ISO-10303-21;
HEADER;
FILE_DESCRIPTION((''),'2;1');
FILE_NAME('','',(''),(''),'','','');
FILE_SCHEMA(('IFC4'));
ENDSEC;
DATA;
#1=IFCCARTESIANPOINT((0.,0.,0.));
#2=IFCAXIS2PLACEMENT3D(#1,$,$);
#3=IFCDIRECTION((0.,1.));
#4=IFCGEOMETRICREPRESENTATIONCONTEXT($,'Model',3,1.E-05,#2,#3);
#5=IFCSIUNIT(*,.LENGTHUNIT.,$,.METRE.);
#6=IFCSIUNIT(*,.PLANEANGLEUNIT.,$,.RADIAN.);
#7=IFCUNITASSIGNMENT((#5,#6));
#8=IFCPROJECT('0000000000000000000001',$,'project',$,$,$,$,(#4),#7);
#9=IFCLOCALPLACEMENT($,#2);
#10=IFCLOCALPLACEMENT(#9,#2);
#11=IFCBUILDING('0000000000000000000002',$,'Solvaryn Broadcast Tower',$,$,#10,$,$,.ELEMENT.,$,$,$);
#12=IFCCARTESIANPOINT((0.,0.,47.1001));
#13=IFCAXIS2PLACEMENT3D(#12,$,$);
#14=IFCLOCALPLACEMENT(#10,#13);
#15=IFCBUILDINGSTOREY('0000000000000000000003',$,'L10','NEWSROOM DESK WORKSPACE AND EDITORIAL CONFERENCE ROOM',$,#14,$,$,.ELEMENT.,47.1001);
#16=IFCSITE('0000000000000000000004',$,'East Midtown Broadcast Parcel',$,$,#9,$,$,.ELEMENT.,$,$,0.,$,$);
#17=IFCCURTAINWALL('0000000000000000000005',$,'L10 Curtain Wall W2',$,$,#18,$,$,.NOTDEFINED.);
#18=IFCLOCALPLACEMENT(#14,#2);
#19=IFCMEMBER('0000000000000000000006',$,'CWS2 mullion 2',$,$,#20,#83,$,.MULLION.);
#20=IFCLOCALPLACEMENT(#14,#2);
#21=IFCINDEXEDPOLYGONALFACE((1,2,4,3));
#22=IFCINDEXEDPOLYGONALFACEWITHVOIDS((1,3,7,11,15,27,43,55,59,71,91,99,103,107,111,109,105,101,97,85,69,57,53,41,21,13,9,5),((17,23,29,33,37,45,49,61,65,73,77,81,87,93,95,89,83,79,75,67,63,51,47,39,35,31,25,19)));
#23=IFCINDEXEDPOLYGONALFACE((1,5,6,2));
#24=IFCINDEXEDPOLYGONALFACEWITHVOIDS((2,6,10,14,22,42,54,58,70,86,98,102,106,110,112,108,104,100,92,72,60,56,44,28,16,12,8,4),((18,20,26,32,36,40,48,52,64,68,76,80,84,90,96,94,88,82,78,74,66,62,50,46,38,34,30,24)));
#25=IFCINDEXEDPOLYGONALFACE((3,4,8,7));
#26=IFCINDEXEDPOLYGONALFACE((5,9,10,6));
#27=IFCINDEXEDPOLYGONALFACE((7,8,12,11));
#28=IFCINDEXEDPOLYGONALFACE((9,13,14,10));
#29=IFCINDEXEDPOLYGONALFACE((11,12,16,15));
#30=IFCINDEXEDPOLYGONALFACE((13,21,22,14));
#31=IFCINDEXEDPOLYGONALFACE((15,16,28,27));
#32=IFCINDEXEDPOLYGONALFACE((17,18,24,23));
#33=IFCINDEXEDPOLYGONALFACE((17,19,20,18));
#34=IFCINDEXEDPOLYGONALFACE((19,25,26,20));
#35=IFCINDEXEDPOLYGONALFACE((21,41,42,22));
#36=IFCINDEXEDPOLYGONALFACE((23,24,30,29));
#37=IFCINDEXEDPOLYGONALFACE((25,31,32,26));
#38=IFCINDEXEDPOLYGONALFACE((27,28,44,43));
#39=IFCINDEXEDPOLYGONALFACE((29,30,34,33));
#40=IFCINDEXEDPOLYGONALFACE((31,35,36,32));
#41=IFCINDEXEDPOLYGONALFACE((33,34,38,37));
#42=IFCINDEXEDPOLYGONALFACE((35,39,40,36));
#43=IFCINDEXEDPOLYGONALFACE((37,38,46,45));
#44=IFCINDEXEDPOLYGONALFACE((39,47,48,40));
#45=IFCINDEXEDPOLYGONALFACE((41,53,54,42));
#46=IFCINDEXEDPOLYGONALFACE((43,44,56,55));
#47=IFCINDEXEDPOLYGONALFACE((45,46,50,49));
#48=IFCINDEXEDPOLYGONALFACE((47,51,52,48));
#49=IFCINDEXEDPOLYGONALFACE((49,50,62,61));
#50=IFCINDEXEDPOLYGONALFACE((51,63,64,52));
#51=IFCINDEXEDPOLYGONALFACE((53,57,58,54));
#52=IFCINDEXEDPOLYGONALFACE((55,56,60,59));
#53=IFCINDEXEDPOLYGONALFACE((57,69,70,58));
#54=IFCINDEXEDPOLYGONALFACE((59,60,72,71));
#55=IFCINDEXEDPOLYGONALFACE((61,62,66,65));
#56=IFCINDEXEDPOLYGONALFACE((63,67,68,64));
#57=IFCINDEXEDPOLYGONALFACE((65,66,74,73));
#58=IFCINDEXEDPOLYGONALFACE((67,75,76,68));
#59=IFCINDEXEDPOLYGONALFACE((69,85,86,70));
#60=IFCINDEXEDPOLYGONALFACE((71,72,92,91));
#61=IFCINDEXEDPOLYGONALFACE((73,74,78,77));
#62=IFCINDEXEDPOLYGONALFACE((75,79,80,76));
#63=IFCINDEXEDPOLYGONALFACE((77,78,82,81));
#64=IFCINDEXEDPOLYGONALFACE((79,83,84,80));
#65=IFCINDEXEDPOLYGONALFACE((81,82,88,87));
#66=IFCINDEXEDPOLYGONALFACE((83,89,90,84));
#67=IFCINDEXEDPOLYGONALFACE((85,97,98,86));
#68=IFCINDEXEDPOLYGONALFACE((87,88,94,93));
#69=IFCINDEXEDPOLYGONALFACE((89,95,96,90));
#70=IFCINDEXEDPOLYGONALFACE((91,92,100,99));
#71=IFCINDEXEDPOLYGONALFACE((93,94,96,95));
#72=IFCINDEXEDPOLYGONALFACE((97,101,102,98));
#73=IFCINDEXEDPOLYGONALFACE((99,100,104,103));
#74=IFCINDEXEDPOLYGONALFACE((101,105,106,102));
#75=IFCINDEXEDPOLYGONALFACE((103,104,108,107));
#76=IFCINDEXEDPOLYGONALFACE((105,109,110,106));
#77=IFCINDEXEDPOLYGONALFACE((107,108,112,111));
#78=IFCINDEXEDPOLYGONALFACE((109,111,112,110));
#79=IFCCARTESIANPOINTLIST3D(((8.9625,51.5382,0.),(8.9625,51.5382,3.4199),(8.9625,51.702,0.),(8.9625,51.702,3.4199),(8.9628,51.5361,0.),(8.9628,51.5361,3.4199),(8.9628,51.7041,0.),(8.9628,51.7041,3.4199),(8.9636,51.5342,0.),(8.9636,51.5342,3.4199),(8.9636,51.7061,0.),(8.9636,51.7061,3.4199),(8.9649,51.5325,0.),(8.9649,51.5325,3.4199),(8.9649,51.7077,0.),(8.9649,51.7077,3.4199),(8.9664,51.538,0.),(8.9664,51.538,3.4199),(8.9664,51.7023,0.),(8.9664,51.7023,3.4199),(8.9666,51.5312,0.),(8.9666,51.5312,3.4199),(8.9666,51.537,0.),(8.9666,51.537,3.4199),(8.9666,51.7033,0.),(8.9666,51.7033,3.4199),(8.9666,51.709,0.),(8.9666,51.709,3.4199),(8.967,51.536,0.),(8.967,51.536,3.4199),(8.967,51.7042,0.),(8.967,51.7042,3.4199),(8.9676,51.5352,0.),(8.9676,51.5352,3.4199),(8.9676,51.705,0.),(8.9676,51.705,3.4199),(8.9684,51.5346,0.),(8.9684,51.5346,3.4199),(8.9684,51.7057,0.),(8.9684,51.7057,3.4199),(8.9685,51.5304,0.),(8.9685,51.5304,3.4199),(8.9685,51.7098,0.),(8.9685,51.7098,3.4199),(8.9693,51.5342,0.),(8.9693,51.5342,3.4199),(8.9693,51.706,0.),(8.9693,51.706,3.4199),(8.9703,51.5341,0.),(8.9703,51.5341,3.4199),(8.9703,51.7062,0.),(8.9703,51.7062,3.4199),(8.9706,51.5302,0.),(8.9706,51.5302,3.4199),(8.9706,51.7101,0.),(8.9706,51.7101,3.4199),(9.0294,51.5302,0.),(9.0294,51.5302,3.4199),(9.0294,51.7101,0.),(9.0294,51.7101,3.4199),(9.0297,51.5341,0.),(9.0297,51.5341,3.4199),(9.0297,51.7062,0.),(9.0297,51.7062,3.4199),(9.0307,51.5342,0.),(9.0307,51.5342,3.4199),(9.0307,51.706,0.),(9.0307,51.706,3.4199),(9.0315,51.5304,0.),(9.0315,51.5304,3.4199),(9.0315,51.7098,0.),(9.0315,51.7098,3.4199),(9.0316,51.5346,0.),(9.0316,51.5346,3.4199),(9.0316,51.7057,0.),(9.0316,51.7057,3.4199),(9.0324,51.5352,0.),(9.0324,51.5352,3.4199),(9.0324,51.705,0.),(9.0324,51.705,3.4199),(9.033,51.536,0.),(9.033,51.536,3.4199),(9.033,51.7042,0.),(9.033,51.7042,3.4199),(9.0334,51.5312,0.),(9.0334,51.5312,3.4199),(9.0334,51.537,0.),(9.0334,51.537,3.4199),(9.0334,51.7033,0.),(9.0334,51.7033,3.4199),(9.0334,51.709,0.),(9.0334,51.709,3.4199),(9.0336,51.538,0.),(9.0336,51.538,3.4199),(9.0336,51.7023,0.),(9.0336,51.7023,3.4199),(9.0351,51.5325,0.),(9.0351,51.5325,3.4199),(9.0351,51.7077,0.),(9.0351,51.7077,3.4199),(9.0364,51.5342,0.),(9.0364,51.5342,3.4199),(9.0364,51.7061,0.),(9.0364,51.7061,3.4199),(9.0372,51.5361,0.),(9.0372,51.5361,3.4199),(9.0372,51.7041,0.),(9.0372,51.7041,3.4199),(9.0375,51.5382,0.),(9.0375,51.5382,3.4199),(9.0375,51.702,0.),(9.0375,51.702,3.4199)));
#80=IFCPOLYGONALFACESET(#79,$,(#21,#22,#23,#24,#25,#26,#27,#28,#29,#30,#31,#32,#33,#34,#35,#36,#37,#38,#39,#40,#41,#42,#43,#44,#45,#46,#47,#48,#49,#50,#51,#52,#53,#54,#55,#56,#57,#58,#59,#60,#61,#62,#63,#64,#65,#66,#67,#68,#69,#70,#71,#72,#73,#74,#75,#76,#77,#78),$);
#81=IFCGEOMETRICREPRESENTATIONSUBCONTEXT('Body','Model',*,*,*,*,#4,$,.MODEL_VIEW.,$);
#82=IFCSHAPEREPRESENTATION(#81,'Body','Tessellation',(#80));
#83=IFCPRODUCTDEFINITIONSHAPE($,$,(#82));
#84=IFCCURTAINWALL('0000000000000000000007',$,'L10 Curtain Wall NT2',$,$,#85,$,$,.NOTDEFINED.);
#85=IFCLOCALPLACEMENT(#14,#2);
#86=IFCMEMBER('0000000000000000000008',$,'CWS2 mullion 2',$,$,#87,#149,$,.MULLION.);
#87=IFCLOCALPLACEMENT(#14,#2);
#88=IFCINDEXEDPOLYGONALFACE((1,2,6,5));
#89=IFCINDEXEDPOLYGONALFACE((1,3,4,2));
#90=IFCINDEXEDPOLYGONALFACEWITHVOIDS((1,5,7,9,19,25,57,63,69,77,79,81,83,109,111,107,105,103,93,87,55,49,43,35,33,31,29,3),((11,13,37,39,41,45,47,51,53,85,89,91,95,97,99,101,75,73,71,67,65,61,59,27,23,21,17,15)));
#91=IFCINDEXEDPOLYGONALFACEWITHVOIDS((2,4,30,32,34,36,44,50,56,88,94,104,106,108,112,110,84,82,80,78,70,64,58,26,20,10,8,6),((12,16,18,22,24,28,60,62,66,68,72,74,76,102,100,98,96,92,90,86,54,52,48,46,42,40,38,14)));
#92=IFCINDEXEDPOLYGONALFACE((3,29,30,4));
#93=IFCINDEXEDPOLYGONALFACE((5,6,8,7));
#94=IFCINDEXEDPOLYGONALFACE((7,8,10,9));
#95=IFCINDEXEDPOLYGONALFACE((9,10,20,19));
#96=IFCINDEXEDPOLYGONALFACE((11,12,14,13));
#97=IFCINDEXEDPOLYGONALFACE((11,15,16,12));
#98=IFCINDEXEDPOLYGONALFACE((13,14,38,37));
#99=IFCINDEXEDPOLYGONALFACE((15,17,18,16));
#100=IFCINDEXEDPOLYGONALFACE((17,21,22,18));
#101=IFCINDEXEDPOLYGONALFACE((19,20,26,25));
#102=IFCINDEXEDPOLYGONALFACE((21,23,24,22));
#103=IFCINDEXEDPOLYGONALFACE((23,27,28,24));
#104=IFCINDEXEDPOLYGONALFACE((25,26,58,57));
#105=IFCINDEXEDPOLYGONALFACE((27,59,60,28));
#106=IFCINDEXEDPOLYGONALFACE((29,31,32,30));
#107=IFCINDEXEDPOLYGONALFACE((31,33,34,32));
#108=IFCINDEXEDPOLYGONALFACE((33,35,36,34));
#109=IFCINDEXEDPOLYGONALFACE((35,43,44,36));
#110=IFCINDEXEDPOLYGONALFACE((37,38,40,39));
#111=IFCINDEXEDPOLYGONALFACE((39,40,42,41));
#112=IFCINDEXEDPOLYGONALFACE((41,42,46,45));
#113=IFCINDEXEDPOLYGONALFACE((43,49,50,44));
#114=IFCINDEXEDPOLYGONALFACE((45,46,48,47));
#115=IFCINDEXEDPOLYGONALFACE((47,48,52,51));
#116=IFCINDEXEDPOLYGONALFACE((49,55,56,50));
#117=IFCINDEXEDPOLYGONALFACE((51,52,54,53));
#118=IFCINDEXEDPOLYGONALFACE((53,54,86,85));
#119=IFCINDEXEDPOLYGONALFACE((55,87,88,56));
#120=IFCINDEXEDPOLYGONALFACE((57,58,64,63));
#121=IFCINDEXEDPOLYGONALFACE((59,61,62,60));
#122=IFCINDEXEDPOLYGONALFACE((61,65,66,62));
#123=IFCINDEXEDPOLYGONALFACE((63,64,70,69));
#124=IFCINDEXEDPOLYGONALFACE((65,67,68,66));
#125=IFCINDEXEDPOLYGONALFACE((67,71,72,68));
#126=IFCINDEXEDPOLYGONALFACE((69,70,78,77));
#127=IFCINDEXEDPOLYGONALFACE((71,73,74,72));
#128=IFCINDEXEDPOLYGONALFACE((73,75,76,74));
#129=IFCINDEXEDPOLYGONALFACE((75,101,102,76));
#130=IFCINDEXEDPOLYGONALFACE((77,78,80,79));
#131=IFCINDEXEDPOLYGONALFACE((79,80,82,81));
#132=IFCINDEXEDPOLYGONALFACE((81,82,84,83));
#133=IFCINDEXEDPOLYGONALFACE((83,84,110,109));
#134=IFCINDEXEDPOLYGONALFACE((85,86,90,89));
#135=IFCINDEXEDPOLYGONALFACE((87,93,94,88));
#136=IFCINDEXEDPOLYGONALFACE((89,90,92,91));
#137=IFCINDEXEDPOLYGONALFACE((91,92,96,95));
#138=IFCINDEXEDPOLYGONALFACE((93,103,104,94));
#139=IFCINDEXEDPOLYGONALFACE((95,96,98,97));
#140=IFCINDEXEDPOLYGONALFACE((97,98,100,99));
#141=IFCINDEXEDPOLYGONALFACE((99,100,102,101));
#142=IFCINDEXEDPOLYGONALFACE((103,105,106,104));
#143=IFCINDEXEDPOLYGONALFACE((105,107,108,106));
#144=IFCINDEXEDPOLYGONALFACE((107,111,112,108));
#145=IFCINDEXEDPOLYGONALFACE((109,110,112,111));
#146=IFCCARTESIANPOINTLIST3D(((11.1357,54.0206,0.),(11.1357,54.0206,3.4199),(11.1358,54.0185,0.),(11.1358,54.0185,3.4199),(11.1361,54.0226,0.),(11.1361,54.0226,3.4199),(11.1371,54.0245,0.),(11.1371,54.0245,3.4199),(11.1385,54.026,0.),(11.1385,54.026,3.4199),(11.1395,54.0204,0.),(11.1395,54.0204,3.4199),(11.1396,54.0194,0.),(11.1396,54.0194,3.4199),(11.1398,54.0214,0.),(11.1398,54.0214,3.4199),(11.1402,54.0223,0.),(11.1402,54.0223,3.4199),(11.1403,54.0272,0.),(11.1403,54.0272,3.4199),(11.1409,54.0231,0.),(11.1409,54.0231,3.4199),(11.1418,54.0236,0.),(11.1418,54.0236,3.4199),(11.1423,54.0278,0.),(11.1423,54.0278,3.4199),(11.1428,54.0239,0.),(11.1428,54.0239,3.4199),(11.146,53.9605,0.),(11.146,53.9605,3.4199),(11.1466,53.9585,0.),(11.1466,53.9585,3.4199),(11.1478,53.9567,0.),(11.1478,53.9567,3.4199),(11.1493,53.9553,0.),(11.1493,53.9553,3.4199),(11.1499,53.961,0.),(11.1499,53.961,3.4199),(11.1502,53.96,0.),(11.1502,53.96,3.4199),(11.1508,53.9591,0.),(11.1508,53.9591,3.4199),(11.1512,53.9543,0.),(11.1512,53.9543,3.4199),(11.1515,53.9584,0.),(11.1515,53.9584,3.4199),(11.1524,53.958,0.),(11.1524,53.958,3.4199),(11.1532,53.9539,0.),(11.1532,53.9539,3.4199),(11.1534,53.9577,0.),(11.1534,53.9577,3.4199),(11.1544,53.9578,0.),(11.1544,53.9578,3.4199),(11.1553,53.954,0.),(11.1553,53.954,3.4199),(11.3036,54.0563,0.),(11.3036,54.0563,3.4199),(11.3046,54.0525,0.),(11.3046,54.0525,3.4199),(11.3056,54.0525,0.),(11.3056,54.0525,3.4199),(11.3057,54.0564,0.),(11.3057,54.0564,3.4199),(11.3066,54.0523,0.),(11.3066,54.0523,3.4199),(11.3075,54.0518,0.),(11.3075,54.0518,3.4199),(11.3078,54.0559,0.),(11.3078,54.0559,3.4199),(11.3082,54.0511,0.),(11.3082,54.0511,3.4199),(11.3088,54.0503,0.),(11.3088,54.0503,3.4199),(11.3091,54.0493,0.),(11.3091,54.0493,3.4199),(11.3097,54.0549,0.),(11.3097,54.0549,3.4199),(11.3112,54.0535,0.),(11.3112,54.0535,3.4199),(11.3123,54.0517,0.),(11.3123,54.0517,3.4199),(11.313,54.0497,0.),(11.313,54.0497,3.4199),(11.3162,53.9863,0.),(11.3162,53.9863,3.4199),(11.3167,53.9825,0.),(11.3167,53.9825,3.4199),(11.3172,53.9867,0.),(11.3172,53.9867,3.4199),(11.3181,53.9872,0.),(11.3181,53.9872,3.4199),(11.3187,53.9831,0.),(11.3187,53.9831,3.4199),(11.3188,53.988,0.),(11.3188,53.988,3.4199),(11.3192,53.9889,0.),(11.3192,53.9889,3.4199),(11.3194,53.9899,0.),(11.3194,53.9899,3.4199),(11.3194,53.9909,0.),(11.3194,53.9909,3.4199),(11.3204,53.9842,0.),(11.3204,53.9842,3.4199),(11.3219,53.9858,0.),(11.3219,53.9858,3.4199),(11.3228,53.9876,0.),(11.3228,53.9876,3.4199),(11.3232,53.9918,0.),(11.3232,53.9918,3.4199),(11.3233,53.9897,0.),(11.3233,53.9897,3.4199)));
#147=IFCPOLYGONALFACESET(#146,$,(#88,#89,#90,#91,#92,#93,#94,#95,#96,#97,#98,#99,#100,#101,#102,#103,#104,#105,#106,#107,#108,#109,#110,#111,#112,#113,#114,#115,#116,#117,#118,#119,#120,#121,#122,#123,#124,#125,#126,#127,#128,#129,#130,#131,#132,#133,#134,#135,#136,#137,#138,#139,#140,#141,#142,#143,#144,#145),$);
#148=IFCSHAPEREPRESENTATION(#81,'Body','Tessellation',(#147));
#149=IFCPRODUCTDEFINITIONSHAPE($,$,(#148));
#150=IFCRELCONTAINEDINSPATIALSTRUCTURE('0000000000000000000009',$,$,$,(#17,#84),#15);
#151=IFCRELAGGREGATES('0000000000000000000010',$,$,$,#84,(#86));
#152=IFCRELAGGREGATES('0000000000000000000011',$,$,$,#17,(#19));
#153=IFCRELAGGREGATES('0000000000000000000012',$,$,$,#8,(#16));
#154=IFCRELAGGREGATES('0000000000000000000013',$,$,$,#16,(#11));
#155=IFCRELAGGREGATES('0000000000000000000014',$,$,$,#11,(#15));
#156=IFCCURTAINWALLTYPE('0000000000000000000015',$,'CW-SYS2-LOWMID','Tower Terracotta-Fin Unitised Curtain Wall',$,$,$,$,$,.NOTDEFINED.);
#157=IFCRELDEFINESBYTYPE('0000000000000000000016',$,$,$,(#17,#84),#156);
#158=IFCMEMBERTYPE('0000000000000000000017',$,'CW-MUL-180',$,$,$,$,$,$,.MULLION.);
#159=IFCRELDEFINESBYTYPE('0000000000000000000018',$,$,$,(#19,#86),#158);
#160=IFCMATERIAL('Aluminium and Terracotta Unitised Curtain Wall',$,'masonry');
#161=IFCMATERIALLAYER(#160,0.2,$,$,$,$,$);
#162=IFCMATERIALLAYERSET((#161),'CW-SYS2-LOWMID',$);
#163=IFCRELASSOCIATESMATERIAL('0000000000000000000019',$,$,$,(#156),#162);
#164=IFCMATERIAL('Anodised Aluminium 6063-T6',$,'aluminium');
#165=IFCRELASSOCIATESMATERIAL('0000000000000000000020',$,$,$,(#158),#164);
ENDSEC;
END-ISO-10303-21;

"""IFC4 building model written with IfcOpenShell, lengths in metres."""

from ifc_helpers import new_model, si_unit, direction, frame, origin, origin_2d, place, context, subcontext, project, spatial, hollow_rectangle, extrude, material, layer, layer_set, material_profile, profile_set, type_object, element, aggregate, save


model = new_model("IFC4")

# Units and contexts
model_context = context("Model", 3, precision=1e-05, world=origin(), true_north=direction((0.0, 1.0)))
body_context = subcontext(model_context, "Body", "Model", "MODEL_VIEW")
ifc_project = project(units=[si_unit("LENGTHUNIT", "METRE"), si_unit("PLANEANGLEUNIT", "RADIAN")], contexts=[model_context])

# Site, building, storey
site_placement = place(None, origin())
site = spatial("IfcSite", under=ifc_project, at=site_placement, Name="East Midtown Broadcast Parcel", CompositionType="ELEMENT", RefElevation=0.0)
building_placement = place(site_placement, origin())
building = spatial("IfcBuilding", under=site, at=building_placement, Name="Solvaryn Broadcast Tower", CompositionType="ELEMENT")
storey_placement = place(building_placement, frame((0.0, 0.0, 47.1001)))
storey = spatial("IfcBuildingStorey", under=building, at=storey_placement, Name="L10", Description="NEWSROOM DESK WORKSPACE AND EDITORIAL CONFERENCE ROOM", CompositionType="ELEMENT", Elevation=47.1001)

# Shared definitions
ifc_material_1 = material(Name="Aluminium and Terracotta Unitised Curtain Wall", Category="masonry")
ifc_layer_1 = layer(ifc_material_1, 0.2)
ifc_layer_set_1 = layer_set([ifc_layer_1], Name="CW-SYS2-LOWMID")
curtain_wall_type = type_object("IfcCurtainWallType", Name="CW-SYS2-LOWMID", Description="Tower Terracotta-Fin Unitised Curtain Wall", PredefinedType="NOTDEFINED", material=ifc_layer_set_1)
ifc_material_2 = material(Name="Anodised Aluminium 6063-T6", Category="aluminium")
ifc_material_profile_1 = material_profile(ifc_material_2, hollow_rectangle(XDim=0.075, YDim=0.1799, WallThickness=0.0039, InnerFilletRadius=0.0039, OuterFilletRadius=0.0081, at=origin_2d()))
ifc_profile_set_1 = profile_set([ifc_material_profile_1], Name="Anodised Aluminium 6063-T6")
member_type_1 = type_object("IfcMemberType", Name="CW-MUL-180", PredefinedType="MULLION", material=ifc_profile_set_1)

# Curtain wall, member
curtain_wall_1_placement = place(storey_placement, origin())
curtain_wall_1 = element("IfcCurtainWall", 1, at=curtain_wall_1_placement, inside=storey, type_object=curtain_wall_type, Name="L10 Curtain Wall W2", PredefinedType="NOTDEFINED")
member_1_placement = place(storey_placement, frame((9.0, 51.6201, 0.0), z_axis=(0.0, 0.0, 1.0), x_axis=(-1.0, 0.0, 0.0)))
member_1 = element("IfcMember", 2, at=member_1_placement, type_object=member_type_1, Name="CWS2 mullion 2", PredefinedType="MULLION", context=body_context, shape_type="SweptSolid", body=[
    extrude(hollow_rectangle(XDim=0.075, YDim=0.1799, WallThickness=0.0039, InnerFilletRadius=0.0039, OuterFilletRadius=0.0081, at=origin_2d()), origin(), (0.0, 0.0, 1.0), 3.4199),
])

# Curtain wall, member
curtain_wall_2_placement = place(storey_placement, origin())
curtain_wall_2 = element("IfcCurtainWall", 3, at=curtain_wall_2_placement, inside=storey, type_object=curtain_wall_type, Name="L10 Curtain Wall NT2", PredefinedType="NOTDEFINED")
member_2_placement = place(storey_placement, frame((11.2295, 54.0051, 0.0), z_axis=(0.0, 0.0, 1.0), x_axis=(0.173785, -0.984784, 0.0)))
member_2 = element("IfcMember", 4, at=member_2_placement, type_object=member_type_1, Name="CWS2 mullion 2", PredefinedType="MULLION", context=body_context, shape_type="SweptSolid", body=[
    extrude(hollow_rectangle(XDim=0.075, YDim=0.1799, WallThickness=0.0039, InnerFilletRadius=0.0039, OuterFilletRadius=0.0081, at=origin_2d()), origin(), (0.0, 0.0, 1.0), 3.4199),
])
aggregate(curtain_wall_2, [member_2])

aggregate(curtain_wall_1, [member_1])

save(model, "model.ifc")
